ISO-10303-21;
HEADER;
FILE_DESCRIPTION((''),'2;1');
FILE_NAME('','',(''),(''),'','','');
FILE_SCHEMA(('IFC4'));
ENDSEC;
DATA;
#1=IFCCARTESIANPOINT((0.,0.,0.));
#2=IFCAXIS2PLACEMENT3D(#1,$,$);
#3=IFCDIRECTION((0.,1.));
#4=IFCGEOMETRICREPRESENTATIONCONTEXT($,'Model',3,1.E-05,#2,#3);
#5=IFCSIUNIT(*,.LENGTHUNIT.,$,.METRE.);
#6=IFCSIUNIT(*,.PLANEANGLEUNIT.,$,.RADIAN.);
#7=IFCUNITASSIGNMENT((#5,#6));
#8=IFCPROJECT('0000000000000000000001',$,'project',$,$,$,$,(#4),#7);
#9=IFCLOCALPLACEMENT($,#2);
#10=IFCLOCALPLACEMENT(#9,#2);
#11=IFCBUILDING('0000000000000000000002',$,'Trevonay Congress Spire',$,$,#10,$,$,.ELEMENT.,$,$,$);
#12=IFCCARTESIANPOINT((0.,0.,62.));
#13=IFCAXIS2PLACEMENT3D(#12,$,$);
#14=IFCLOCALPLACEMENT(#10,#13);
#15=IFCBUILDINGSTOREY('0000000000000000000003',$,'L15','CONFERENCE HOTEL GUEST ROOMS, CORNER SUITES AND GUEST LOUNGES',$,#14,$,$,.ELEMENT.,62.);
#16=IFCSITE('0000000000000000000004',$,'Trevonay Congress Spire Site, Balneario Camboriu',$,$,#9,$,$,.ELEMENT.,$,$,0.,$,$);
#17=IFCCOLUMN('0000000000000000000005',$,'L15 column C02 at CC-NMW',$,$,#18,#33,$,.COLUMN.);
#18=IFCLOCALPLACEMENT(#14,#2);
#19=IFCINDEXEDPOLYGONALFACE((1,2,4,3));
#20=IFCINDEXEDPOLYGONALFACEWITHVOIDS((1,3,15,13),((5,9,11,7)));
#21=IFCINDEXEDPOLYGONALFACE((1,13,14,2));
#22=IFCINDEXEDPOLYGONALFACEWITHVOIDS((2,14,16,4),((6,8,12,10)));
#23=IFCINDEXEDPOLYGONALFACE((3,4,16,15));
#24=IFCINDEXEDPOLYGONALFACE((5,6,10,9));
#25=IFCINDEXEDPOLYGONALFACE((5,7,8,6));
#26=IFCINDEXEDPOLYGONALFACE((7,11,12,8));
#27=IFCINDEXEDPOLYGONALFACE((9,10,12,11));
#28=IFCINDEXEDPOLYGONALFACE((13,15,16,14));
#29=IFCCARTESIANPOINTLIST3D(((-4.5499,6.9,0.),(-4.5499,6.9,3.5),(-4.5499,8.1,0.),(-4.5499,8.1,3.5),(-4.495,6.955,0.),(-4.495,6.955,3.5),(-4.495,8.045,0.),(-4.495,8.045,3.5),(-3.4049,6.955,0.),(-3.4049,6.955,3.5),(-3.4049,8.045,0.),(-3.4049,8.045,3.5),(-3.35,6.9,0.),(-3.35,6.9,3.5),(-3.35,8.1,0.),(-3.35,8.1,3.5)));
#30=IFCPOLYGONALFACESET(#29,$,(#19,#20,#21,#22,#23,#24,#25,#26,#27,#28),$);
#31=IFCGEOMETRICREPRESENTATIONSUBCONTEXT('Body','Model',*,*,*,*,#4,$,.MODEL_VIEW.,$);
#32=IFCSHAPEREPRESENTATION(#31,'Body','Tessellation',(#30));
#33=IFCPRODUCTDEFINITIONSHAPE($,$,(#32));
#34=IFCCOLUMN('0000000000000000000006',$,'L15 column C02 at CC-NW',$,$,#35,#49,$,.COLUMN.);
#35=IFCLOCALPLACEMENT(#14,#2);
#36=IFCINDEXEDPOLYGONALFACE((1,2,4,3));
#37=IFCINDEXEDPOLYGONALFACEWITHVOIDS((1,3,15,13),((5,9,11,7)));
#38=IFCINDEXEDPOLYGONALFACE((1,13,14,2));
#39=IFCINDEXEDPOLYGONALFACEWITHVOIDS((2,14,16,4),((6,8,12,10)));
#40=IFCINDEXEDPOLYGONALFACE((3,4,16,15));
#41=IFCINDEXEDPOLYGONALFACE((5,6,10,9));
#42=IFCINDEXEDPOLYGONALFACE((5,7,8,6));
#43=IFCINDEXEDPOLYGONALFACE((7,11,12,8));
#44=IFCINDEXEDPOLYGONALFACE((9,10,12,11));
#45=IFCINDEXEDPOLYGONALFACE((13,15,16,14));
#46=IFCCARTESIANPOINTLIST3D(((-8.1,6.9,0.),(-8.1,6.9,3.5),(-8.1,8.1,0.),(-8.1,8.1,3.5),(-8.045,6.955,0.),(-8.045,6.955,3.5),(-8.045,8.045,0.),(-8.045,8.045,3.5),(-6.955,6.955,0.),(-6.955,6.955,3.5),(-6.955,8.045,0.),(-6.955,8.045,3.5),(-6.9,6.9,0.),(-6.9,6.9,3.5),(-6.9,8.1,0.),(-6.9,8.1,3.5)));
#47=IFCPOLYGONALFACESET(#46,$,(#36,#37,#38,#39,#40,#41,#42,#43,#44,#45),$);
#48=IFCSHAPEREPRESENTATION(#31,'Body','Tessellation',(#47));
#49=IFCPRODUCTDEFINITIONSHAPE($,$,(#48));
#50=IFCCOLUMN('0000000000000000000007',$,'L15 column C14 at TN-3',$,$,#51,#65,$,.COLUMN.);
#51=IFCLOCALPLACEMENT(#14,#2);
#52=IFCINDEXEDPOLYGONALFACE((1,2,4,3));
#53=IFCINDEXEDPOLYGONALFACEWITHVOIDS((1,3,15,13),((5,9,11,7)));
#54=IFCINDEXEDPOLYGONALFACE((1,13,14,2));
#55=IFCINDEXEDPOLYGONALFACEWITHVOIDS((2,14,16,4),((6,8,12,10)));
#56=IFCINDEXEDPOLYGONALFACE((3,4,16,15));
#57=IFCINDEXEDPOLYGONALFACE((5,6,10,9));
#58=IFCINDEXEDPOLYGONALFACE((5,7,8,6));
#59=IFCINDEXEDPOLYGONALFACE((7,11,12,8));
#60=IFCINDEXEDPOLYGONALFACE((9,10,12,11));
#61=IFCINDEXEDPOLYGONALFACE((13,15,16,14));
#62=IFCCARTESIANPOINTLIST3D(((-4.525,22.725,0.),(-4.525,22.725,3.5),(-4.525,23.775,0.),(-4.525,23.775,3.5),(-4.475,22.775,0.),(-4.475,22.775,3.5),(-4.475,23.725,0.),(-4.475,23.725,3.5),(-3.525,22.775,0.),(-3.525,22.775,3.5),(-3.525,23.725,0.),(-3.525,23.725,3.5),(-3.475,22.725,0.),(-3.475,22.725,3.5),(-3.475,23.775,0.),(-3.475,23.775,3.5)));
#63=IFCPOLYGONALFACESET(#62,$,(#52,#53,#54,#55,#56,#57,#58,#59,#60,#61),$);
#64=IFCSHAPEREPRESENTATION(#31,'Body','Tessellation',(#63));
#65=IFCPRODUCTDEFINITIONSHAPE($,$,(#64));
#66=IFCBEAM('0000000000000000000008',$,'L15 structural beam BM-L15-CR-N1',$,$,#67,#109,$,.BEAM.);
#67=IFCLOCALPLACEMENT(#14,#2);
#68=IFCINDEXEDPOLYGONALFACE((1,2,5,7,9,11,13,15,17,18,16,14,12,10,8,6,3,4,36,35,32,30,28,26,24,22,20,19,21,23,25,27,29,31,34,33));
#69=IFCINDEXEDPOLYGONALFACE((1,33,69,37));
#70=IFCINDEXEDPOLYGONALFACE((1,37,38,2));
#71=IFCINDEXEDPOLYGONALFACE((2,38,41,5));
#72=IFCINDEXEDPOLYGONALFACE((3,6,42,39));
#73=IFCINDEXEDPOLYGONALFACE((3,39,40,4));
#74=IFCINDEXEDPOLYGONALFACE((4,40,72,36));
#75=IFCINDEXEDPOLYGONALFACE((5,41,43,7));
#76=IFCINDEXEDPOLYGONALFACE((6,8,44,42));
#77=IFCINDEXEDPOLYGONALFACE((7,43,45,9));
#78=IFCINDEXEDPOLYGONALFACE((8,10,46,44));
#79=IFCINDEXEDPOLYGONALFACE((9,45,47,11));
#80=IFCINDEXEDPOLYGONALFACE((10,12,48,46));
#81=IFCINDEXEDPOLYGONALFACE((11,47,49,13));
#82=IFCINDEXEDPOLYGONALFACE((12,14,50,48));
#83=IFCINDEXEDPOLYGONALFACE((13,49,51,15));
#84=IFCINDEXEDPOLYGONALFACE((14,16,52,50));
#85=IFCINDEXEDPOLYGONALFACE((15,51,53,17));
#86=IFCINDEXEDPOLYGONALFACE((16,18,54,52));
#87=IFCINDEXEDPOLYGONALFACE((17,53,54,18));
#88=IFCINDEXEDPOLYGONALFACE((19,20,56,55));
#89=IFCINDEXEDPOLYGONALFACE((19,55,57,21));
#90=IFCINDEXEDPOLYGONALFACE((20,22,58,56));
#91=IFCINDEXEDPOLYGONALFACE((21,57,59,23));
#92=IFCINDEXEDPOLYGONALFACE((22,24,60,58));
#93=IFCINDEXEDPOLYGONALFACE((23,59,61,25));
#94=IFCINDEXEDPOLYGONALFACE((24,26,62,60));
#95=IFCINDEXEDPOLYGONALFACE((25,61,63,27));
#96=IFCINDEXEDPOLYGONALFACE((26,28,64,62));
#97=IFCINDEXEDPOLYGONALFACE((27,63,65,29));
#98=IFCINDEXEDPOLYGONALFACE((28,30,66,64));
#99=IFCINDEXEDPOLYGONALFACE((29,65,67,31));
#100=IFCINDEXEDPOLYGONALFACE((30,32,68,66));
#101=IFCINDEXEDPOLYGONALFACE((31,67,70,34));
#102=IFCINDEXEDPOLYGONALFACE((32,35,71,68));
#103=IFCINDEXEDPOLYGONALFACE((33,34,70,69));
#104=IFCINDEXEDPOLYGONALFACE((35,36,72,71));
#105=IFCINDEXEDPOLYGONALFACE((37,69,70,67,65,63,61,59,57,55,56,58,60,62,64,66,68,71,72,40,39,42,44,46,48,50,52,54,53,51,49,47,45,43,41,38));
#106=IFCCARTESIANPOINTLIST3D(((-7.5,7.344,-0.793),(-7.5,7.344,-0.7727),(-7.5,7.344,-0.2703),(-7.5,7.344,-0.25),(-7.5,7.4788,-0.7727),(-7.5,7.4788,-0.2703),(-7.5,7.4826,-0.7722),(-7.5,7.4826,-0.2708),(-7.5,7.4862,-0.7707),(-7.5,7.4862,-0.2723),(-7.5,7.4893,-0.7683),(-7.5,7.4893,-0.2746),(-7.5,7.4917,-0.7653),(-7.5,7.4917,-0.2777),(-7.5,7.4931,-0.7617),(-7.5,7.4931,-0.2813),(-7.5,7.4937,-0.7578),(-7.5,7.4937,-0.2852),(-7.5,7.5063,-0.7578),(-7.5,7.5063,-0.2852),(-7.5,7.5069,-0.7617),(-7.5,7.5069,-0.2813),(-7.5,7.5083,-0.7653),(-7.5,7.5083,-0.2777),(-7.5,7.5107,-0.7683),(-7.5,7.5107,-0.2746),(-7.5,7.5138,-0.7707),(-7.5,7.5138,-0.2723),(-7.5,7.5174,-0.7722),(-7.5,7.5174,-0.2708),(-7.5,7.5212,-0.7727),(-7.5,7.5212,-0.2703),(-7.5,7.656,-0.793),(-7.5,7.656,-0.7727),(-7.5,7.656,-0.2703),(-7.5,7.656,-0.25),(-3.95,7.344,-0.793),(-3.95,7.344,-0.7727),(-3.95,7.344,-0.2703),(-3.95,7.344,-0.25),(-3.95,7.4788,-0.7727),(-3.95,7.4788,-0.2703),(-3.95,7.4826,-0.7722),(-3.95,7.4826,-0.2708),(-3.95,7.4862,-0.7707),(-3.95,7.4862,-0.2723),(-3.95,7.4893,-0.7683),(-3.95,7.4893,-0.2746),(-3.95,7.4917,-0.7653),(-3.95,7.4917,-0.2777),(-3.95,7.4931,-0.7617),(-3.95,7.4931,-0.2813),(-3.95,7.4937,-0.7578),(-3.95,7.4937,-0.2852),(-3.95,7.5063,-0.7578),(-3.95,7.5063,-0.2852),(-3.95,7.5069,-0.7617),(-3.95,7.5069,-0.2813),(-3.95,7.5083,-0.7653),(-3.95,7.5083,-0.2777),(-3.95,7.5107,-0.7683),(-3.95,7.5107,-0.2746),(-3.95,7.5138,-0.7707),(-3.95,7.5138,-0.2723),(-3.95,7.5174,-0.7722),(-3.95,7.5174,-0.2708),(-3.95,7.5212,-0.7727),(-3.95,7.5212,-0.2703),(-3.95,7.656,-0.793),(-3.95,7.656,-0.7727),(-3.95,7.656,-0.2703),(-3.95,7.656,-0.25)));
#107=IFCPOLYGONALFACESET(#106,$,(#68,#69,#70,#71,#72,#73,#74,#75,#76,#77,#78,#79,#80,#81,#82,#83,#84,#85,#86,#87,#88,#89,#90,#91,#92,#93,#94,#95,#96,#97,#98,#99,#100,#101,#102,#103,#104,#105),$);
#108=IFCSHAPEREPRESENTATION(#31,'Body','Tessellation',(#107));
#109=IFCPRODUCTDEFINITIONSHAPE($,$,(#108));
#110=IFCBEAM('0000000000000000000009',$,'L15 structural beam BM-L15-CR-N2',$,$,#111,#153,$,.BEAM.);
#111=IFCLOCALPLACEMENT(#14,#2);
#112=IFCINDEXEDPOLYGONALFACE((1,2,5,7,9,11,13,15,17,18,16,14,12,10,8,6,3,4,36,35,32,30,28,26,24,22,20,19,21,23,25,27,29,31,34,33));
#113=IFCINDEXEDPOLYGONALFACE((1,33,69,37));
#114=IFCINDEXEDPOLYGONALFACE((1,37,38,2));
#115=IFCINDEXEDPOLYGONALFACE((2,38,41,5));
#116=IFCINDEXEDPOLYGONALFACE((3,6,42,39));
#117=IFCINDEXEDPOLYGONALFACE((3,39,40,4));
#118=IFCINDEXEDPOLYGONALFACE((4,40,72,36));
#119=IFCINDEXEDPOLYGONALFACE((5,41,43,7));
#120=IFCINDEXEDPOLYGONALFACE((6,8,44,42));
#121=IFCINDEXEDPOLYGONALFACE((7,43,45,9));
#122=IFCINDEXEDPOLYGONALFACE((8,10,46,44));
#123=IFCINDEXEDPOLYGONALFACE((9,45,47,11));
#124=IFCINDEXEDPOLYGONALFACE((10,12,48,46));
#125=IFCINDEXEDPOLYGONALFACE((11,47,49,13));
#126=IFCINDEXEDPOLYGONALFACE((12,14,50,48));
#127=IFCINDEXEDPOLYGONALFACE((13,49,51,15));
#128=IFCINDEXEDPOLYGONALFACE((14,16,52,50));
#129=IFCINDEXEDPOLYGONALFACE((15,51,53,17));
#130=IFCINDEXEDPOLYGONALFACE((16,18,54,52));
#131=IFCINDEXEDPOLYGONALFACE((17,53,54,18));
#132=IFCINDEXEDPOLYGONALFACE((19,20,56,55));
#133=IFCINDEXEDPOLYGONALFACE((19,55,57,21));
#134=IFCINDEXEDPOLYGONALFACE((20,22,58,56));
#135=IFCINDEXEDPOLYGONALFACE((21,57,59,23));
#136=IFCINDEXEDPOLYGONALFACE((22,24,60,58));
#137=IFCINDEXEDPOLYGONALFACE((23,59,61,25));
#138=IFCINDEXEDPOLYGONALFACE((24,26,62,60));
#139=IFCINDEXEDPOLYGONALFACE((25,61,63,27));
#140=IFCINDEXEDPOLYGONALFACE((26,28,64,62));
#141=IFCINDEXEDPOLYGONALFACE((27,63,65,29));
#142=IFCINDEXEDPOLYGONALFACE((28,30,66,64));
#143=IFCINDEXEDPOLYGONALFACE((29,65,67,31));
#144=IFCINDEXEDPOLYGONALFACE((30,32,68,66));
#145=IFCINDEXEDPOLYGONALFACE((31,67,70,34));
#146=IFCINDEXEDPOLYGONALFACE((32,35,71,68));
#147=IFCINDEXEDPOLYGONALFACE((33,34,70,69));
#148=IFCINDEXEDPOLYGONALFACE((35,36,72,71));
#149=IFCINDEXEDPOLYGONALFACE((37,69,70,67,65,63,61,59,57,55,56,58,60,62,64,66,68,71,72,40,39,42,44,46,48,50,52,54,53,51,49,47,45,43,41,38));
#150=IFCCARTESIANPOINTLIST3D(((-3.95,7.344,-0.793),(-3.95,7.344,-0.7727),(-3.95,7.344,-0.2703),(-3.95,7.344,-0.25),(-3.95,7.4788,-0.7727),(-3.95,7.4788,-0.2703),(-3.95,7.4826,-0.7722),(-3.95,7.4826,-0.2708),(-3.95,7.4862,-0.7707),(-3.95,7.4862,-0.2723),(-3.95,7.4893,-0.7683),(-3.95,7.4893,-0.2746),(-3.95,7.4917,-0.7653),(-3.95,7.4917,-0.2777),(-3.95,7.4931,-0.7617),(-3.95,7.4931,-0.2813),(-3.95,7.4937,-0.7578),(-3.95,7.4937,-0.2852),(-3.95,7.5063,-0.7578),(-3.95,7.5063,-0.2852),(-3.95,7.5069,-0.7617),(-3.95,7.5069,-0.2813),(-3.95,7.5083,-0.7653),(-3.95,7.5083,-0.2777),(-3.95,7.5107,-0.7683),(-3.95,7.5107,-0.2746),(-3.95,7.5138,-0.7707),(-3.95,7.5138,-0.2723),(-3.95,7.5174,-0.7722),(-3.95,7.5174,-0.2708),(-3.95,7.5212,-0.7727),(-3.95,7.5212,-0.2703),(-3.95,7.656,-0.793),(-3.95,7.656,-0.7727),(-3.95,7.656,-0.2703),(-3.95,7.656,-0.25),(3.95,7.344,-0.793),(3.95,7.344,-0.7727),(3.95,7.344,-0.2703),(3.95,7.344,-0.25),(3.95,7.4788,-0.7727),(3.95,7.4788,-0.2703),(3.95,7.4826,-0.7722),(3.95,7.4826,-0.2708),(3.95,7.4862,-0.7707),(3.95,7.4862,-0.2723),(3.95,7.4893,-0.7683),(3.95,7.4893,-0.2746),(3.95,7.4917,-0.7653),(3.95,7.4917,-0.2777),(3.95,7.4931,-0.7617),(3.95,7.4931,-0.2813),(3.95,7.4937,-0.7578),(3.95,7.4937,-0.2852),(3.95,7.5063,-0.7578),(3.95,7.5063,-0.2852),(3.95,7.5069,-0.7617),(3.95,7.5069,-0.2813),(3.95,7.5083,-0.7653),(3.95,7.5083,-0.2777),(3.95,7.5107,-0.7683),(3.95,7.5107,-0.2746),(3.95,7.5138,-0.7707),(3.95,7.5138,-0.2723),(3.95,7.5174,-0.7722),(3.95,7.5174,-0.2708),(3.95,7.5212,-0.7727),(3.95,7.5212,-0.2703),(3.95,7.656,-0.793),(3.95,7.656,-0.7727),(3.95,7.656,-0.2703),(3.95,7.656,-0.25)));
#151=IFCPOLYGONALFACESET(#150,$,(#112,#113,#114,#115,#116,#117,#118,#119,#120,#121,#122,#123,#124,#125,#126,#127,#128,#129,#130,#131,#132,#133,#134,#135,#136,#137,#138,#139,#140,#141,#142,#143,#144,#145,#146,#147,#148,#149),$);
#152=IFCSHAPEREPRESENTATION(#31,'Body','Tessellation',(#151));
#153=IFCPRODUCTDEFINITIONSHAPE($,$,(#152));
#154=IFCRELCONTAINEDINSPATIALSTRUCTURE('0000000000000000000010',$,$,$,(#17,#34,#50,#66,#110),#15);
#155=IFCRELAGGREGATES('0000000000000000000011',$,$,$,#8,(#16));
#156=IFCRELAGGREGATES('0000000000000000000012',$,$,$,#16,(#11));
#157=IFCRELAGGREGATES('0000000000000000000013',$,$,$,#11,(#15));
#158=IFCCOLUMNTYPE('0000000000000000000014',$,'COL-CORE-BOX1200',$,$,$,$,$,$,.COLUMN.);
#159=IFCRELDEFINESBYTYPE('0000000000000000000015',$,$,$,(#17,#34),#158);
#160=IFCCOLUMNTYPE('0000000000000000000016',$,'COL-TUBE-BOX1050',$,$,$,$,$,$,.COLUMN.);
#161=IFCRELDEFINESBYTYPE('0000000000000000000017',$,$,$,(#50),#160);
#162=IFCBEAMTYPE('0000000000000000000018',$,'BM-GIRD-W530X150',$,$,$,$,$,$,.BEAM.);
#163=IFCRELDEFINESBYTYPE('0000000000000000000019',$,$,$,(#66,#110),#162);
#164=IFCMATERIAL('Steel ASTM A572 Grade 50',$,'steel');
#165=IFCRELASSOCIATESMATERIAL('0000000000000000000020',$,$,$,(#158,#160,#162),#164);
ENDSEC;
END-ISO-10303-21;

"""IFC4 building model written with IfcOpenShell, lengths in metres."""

from ifc_helpers import new_model, si_unit, direction, frame, origin, origin_2d, place, context, subcontext, project, spatial, hollow_rectangle, i_section, extrude, material, material_profile, profile_set, type_object, element, save


model = new_model("IFC4")

# Units and contexts
model_context = context("Model", 3, precision=1e-05, world=origin(), true_north=direction((0.0, 1.0)))
body_context = subcontext(model_context, "Body", "Model", "MODEL_VIEW")
ifc_project = project(units=[si_unit("LENGTHUNIT", "METRE"), si_unit("PLANEANGLEUNIT", "RADIAN")], contexts=[model_context])

# Site, building, storey
site_placement = place(None, origin())
site = spatial("IfcSite", under=ifc_project, at=site_placement, Name="Trevonay Congress Spire Site, Balneario Camboriu", CompositionType="ELEMENT", RefElevation=0.0)
building_placement = place(site_placement, origin())
building = spatial("IfcBuilding", under=site, at=building_placement, Name="Trevonay Congress Spire", CompositionType="ELEMENT")
storey_placement = place(building_placement, frame((0.0, 0.0, 62.0)))
storey = spatial("IfcBuildingStorey", under=building, at=storey_placement, Name="L15", Description="CONFERENCE HOTEL GUEST ROOMS, CORNER SUITES AND GUEST LOUNGES", CompositionType="ELEMENT", Elevation=62.0)

# Columns
ifc_material_1 = material(Name="Steel ASTM A572 Grade 50", Category="steel")
ifc_material_profile_1 = material_profile(ifc_material_1, hollow_rectangle(XDim=1.2, YDim=1.2, WallThickness=0.0549, at=origin_2d()), Name="BOX 1200x1200x55")
ifc_profile_set_1 = profile_set([ifc_material_profile_1], Name="Steel ASTM A572 Grade 50")
column_type_1 = type_object("IfcColumnType", Name="COL-CORE-BOX1200", PredefinedType="COLUMN", material=ifc_profile_set_1)
for number, where, z_axis, x_axis, name in (
    (1, (-3.95, 7.5, 0.0), (0.0, 0.0, 1.0), (1.0, 0.0, 0.0), "L15 column C02 at CC-NMW"),
    (2, (-7.5, 7.5, 0.0), (0.0, 0.0, 1.0), (1.0, 0.0, 0.0), "L15 column C02 at CC-NW"),
):
    element("IfcColumn", number, at=place(storey_placement, frame(where, z_axis=z_axis, x_axis=x_axis)), inside=storey, type_object=column_type_1, Name=name, PredefinedType="COLUMN", context=body_context, shape_type="SweptSolid", body=[
        extrude(hollow_rectangle(XDim=1.2, YDim=1.2, WallThickness=0.0549, at=origin_2d()), origin(), (0.0, 0.0, 1.0), 3.5),
    ])
ifc_material_profile_2 = material_profile(ifc_material_1, hollow_rectangle(XDim=1.05, YDim=1.05, WallThickness=0.05, at=origin_2d()), Name="BOX 1050x1050x50")
ifc_profile_set_2 = profile_set([ifc_material_profile_2], Name="Steel ASTM A572 Grade 50")
column_type_2 = type_object("IfcColumnType", Name="COL-TUBE-BOX1050", PredefinedType="COLUMN", material=ifc_profile_set_2)
column_placement = place(storey_placement, frame((-4.0, 23.25, 0.0), z_axis=(0.0, 0.0, 1.0), x_axis=(1.0, 0.0, 0.0)))
element("IfcColumn", 3, at=column_placement, inside=storey, type_object=column_type_2, Name="L15 column C14 at TN-3", PredefinedType="COLUMN", context=body_context, shape_type="SweptSolid", body=[
    extrude(hollow_rectangle(XDim=1.05, YDim=1.05, WallThickness=0.05, at=origin_2d()), origin(), (0.0, 0.0, 1.0), 3.5),
])

# Beams
ifc_material_profile_3 = material_profile(ifc_material_1, i_section(OverallWidth=0.312, OverallDepth=0.543, WebThickness=0.0127, FlangeThickness=0.0203, FilletRadius=0.0149, at=origin_2d()), Name="W530x150")
ifc_profile_set_3 = profile_set([ifc_material_profile_3], Name="Steel ASTM A572 Grade 50")
beam_type_1 = type_object("IfcBeamType", Name="BM-GIRD-W530X150", PredefinedType="BEAM", material=ifc_profile_set_3)
beam_1_placement = place(storey_placement, frame((-7.5, 7.5, -0.5215), z_axis=(1.0, 0.0, 0.0), x_axis=(0.0, 1.0, 0.0)))
element("IfcBeam", 4, at=beam_1_placement, inside=storey, type_object=beam_type_1, Name="L15 structural beam BM-L15-CR-N1", PredefinedType="BEAM", context=body_context, shape_type="SweptSolid", body=[
    extrude(i_section(OverallWidth=0.312, OverallDepth=0.543, WebThickness=0.0127, FlangeThickness=0.0203, FilletRadius=0.0149, at=origin_2d()), origin(), (0.0, 0.0, 1.0), 3.55),
])
beam_2_placement = place(storey_placement, frame((-3.95, 7.5, -0.5215), z_axis=(1.0, 0.0, 0.0), x_axis=(0.0, 1.0, 0.0)))
element("IfcBeam", 5, at=beam_2_placement, inside=storey, type_object=beam_type_1, Name="L15 structural beam BM-L15-CR-N2", PredefinedType="BEAM", context=body_context, shape_type="SweptSolid", body=[
    extrude(i_section(OverallWidth=0.312, OverallDepth=0.543, WebThickness=0.0127, FlangeThickness=0.0203, FilletRadius=0.0149, at=origin_2d()), origin(), (0.0, 0.0, 1.0), 7.8999),
])

save(model, "model.ifc")
